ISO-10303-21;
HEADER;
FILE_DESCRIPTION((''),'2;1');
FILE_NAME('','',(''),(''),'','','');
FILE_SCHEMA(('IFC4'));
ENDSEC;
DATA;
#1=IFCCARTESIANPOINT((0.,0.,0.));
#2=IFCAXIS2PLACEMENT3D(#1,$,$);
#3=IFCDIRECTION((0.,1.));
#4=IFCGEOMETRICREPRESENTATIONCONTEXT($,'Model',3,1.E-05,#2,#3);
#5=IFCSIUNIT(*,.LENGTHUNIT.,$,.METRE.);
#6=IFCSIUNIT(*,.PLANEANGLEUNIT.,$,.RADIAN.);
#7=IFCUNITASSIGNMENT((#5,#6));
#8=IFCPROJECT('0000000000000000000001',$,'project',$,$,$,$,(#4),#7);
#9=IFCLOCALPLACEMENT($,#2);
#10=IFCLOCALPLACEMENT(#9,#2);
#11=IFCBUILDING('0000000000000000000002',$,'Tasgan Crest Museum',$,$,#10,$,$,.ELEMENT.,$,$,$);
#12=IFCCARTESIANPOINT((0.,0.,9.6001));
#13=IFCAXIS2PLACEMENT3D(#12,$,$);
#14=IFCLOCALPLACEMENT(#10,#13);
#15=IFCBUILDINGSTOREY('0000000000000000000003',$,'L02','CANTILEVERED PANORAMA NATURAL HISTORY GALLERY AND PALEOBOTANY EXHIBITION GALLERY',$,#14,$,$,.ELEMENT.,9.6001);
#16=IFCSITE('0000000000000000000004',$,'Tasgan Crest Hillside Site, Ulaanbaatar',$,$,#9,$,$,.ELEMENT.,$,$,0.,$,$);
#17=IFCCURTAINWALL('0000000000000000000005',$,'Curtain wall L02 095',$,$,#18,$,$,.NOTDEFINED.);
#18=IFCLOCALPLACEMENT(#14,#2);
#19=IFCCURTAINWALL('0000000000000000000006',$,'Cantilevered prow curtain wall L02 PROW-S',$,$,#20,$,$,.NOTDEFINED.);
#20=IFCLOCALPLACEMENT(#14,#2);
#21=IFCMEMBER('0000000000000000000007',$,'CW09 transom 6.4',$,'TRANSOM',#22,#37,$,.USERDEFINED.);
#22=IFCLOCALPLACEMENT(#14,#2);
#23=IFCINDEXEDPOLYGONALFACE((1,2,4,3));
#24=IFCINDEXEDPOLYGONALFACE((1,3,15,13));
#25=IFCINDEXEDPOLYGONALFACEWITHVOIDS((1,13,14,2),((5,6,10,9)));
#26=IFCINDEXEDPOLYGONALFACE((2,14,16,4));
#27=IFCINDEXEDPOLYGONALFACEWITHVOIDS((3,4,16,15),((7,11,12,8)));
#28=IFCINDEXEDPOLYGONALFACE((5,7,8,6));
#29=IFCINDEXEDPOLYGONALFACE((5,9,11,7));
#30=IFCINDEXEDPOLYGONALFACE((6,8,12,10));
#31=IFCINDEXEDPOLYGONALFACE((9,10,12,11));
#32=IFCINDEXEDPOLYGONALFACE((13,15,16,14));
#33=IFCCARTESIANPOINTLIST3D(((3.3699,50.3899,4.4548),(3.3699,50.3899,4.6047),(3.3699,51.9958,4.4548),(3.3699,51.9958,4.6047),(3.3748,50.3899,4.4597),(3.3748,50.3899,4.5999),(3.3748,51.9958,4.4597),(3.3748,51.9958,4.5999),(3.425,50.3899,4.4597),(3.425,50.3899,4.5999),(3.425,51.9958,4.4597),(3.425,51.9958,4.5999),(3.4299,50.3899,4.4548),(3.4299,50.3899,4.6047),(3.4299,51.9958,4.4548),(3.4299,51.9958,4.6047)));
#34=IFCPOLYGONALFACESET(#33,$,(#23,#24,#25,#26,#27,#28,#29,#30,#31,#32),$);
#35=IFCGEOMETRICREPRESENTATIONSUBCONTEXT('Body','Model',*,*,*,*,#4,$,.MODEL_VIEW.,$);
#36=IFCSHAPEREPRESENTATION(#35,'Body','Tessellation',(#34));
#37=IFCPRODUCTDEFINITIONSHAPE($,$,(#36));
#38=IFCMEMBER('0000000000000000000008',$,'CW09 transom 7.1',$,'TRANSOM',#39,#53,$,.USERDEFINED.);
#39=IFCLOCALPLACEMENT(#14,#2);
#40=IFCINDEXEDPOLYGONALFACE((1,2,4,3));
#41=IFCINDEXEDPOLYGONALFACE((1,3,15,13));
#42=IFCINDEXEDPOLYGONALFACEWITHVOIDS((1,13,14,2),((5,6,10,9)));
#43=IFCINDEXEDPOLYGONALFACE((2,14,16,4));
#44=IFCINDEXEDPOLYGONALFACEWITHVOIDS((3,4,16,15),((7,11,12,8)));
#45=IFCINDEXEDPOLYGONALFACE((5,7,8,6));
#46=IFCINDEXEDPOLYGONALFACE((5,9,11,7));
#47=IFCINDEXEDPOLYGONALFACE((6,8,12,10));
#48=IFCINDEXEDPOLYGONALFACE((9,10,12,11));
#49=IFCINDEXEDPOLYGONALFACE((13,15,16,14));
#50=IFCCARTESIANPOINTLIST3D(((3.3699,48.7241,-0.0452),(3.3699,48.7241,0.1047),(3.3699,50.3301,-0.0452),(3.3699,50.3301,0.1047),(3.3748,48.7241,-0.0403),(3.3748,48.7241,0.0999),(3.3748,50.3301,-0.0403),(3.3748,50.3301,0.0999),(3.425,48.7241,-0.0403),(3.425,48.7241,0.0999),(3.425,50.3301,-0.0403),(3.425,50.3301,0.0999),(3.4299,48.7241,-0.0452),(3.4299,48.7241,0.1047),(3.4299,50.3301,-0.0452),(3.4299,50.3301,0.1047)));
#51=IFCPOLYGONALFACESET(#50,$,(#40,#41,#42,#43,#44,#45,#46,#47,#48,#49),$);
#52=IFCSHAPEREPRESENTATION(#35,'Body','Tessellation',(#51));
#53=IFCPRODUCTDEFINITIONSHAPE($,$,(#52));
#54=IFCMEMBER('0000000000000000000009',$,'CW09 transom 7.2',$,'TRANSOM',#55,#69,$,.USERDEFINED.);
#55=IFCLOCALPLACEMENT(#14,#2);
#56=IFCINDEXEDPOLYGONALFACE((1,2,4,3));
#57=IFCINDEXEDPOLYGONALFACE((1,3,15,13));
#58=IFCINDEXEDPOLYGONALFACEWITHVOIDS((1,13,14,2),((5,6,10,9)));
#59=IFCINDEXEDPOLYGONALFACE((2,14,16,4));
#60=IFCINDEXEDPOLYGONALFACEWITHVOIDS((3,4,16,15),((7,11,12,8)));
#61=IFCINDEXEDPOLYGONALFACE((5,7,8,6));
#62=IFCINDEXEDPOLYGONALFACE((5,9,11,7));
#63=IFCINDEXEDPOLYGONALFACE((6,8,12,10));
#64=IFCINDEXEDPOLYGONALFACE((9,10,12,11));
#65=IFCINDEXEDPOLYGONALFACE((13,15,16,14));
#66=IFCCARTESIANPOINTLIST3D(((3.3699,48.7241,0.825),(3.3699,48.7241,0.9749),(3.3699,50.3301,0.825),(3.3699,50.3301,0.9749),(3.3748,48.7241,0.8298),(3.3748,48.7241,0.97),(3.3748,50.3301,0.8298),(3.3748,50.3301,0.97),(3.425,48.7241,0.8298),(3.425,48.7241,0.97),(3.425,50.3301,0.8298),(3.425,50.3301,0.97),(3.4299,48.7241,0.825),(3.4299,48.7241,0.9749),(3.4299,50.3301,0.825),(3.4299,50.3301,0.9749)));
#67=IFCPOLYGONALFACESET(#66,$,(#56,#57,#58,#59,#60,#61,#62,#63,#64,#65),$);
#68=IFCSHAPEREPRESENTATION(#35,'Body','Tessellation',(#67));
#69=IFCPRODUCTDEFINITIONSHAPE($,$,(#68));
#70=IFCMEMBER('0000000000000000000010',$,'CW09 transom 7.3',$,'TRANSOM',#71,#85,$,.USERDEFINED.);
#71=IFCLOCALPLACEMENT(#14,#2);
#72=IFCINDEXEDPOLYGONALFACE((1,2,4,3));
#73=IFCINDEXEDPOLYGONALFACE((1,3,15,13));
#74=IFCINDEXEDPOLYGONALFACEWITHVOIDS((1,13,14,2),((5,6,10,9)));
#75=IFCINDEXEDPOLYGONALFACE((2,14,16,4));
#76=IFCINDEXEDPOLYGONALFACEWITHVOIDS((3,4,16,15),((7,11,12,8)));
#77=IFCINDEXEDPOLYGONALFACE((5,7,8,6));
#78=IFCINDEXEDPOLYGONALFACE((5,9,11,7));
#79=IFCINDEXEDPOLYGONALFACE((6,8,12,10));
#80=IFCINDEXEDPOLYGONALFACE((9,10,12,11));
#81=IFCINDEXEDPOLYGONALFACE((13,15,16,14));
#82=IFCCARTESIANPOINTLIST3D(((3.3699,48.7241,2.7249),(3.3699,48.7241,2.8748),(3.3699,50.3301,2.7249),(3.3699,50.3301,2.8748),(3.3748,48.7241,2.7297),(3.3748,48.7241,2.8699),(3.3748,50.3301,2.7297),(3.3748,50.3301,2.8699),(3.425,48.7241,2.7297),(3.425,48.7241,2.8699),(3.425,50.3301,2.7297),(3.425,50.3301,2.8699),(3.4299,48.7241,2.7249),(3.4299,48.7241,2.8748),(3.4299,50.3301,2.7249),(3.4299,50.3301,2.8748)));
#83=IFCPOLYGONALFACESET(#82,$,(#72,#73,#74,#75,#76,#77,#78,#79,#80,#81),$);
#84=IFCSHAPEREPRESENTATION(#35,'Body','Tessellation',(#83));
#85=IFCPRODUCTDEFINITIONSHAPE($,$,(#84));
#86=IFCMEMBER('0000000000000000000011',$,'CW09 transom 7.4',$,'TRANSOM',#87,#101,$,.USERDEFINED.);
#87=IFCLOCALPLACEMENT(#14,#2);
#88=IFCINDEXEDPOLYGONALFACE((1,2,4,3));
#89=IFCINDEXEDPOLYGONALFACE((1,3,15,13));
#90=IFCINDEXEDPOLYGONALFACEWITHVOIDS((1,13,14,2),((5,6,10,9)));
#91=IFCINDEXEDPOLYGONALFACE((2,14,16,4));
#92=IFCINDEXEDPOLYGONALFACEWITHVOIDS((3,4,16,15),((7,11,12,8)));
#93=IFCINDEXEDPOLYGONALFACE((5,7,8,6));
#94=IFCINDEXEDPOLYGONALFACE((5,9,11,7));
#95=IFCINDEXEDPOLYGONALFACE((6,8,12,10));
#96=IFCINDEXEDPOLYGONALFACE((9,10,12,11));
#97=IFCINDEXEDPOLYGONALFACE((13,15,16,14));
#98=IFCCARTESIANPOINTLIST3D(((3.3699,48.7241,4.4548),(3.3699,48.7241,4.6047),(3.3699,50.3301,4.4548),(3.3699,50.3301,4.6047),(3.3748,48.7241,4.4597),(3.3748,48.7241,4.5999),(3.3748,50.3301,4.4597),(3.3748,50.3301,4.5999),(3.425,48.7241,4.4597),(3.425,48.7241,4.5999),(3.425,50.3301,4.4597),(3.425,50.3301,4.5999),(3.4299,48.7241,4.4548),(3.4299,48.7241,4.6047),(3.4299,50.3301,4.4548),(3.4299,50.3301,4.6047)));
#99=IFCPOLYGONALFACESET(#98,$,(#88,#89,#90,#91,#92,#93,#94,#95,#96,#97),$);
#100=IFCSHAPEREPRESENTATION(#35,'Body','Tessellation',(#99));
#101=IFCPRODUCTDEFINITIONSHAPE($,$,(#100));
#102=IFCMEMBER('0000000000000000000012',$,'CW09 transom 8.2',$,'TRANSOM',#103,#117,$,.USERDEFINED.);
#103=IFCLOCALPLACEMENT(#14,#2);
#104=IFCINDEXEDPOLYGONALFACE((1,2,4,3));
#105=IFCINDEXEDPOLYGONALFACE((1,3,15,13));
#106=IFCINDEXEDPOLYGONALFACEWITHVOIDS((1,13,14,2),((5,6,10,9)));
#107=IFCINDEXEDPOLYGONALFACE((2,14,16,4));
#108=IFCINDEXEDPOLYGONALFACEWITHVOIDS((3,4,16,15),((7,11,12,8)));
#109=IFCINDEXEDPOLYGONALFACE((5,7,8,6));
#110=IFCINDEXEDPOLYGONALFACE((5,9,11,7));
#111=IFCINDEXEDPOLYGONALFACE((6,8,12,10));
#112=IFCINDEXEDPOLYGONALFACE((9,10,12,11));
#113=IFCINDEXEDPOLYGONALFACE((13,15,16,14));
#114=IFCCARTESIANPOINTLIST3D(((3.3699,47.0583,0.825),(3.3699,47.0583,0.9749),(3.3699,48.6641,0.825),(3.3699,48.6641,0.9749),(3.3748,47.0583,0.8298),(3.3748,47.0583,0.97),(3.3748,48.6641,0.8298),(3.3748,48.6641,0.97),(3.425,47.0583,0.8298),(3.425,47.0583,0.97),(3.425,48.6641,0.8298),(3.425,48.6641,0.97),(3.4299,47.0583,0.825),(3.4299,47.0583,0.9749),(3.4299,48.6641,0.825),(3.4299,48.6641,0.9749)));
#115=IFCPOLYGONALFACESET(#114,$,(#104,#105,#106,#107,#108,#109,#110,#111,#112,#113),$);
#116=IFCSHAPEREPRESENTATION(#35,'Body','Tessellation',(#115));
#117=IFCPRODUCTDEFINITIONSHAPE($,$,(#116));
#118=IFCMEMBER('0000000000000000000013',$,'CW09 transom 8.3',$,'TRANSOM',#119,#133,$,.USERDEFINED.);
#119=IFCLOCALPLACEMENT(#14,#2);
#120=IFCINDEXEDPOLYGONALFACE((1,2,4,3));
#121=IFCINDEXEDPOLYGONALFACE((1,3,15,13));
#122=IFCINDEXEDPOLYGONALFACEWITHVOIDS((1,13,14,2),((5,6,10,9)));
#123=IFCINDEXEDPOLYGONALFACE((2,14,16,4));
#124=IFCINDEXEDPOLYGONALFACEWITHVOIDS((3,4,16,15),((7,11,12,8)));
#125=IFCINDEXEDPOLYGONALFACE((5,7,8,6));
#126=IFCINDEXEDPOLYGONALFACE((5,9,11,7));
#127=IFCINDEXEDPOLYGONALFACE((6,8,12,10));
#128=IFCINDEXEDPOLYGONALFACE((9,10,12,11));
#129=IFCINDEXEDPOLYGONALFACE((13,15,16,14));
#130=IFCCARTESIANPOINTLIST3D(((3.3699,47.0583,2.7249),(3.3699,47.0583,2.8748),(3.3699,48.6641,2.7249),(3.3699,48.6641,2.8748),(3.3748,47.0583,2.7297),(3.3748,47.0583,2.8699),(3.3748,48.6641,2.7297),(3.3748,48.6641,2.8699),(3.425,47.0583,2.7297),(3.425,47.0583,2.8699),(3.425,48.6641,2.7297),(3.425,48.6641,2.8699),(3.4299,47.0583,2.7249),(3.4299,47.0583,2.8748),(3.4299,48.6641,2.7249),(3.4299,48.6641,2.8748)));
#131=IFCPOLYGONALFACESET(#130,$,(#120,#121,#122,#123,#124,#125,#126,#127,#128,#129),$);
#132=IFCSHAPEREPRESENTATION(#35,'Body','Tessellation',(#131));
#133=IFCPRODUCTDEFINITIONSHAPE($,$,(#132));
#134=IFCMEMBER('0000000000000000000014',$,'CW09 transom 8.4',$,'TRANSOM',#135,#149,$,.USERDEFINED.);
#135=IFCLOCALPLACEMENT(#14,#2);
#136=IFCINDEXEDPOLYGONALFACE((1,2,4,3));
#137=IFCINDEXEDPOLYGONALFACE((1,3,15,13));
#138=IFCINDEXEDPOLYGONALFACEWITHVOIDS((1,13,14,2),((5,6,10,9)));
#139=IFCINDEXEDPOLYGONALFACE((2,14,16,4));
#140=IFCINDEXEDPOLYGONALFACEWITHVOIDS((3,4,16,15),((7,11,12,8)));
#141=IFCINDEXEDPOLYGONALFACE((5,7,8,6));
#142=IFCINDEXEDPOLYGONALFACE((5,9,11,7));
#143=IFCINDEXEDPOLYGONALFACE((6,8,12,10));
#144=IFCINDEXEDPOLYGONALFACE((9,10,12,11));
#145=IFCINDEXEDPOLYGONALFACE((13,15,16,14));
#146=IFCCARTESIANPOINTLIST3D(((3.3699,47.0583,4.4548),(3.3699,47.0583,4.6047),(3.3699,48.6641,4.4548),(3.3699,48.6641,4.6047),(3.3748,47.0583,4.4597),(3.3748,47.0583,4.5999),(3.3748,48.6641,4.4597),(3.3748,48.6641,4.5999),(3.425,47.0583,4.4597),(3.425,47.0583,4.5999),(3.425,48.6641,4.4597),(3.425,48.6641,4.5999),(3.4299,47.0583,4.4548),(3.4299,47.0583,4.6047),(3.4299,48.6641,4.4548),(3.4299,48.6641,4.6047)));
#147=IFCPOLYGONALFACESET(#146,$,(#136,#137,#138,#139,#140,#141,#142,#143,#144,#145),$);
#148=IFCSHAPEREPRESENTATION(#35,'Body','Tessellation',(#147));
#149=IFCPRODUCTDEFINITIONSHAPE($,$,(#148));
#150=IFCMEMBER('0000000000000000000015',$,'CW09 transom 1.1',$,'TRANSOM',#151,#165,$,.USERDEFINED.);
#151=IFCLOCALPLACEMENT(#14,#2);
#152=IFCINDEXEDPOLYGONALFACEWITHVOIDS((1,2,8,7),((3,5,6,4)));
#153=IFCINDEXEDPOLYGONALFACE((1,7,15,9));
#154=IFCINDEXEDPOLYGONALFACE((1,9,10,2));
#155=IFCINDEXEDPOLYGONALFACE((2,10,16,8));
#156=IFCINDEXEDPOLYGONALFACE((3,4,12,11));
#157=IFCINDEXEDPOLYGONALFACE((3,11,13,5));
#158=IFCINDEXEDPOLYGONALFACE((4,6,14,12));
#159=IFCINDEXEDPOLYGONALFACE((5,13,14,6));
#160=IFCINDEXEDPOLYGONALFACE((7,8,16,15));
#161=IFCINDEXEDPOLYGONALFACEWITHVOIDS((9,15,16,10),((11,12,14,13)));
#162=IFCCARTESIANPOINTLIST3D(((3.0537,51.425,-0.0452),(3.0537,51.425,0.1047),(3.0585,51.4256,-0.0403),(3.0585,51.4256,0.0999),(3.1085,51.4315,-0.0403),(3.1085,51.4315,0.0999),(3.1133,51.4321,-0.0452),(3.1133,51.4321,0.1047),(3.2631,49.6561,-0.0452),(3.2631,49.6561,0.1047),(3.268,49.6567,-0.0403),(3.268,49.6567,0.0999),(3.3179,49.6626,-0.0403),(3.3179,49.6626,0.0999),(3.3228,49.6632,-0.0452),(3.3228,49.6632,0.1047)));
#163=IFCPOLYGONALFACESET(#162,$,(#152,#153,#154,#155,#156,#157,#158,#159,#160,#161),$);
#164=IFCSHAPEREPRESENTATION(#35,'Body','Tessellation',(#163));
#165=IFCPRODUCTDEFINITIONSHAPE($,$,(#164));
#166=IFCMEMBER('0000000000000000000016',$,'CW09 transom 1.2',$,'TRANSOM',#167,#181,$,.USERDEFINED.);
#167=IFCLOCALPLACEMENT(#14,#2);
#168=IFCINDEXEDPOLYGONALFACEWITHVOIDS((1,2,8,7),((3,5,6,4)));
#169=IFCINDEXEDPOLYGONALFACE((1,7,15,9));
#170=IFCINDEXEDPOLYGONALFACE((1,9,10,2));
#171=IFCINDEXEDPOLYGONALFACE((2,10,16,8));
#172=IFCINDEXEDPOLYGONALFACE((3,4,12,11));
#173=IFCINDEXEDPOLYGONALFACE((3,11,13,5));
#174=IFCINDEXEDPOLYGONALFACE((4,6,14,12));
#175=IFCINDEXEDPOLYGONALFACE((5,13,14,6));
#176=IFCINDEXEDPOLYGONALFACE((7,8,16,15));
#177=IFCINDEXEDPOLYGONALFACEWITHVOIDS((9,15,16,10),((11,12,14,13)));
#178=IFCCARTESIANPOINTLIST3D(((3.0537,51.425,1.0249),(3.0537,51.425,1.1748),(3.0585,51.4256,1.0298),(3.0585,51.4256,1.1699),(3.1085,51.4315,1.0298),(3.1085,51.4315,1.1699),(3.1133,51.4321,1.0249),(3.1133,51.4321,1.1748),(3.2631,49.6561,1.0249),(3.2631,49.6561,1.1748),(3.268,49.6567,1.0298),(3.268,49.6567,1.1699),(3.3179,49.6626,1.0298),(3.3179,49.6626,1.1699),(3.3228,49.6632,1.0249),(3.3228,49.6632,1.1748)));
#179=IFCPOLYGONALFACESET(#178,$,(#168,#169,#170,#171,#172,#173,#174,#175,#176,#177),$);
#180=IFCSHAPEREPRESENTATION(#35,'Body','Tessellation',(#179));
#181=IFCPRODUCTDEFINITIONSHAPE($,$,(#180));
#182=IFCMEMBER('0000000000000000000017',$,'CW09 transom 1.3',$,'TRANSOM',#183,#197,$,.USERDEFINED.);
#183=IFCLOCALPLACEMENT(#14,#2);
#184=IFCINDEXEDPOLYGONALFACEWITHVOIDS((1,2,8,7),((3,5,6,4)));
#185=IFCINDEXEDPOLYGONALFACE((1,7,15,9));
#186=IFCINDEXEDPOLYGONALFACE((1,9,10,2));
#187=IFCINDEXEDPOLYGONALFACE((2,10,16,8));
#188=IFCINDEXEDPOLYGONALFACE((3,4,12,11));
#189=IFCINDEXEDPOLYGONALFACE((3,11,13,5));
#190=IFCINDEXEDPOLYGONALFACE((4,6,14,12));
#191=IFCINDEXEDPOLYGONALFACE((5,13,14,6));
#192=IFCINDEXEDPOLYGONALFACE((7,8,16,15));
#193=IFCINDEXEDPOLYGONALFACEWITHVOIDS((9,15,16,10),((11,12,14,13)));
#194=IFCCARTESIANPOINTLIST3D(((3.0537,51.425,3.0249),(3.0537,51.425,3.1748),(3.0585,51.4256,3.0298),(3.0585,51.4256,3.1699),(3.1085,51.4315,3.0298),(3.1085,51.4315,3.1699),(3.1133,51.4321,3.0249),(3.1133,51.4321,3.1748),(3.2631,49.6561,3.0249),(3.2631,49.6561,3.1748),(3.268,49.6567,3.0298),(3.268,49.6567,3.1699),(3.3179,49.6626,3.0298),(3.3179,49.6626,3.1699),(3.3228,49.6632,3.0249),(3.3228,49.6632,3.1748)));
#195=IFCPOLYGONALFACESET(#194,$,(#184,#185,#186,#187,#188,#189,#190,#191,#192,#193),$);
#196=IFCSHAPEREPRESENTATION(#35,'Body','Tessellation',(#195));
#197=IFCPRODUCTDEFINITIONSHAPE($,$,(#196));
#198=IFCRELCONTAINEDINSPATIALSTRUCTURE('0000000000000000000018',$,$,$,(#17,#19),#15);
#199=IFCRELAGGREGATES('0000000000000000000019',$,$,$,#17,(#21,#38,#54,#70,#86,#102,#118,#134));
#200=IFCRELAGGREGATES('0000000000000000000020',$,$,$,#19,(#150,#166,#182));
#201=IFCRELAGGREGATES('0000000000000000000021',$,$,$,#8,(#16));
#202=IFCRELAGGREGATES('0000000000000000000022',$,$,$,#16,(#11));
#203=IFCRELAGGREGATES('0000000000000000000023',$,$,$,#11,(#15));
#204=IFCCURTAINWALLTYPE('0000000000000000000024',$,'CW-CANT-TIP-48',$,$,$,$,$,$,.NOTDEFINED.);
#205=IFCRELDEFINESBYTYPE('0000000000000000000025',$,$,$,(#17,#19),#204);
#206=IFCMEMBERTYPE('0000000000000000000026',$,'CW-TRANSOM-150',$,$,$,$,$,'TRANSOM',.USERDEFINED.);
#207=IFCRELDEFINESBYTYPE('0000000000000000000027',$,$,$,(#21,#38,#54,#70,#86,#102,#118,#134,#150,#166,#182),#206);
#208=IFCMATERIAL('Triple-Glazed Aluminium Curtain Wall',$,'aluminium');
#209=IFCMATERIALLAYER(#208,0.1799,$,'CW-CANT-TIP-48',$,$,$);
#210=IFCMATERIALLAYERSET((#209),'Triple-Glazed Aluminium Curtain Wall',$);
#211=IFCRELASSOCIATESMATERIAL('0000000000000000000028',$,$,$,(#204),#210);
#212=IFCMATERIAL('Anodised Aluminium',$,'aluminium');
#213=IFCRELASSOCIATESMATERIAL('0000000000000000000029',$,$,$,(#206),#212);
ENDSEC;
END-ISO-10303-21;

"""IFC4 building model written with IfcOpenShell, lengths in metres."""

from ifc_helpers import new_model, si_unit, direction, frame, origin, origin_2d, place, context, subcontext, project, spatial, hollow_rectangle, extrude, material, layer, layer_set, material_profile, profile_set, type_object, element, aggregate, save


model = new_model("IFC4")

# Units and contexts
model_context = context("Model", 3, precision=1e-05, world=origin(), true_north=direction((0.0, 1.0)))
body_context = subcontext(model_context, "Body", "Model", "MODEL_VIEW")
ifc_project = project(units=[si_unit("LENGTHUNIT", "METRE"), si_unit("PLANEANGLEUNIT", "RADIAN")], contexts=[model_context])

# Site, building, storey
site_placement = place(None, origin())
site = spatial("IfcSite", under=ifc_project, at=site_placement, Name="Tasgan Crest Hillside Site, Ulaanbaatar", CompositionType="ELEMENT", RefElevation=0.0)
building_placement = place(site_placement, origin())
building = spatial("IfcBuilding", under=site, at=building_placement, Name="Tasgan Crest Museum", CompositionType="ELEMENT")
storey_placement = place(building_placement, frame((0.0, 0.0, 9.6001)))
storey = spatial("IfcBuildingStorey", under=building, at=storey_placement, Name="L02", Description="CANTILEVERED PANORAMA NATURAL HISTORY GALLERY AND PALEOBOTANY EXHIBITION GALLERY", CompositionType="ELEMENT", Elevation=9.6001)

# Curtain walls
ifc_material_1 = material(Name="Triple-Glazed Aluminium Curtain Wall", Category="aluminium")
ifc_layer_1 = layer(ifc_material_1, 0.1799, Name="CW-CANT-TIP-48")
ifc_layer_set_1 = layer_set([ifc_layer_1], Name="Triple-Glazed Aluminium Curtain Wall")
curtain_wall_type = type_object("IfcCurtainWallType", Name="CW-CANT-TIP-48", PredefinedType="NOTDEFINED", material=ifc_layer_set_1)
curtain_wall_1_placement = place(storey_placement, origin())
curtain_wall_1 = element("IfcCurtainWall", 1, at=curtain_wall_1_placement, inside=storey, type_object=curtain_wall_type, Name="Curtain wall L02 095", PredefinedType="NOTDEFINED")
curtain_wall_2_placement = place(storey_placement, origin())
curtain_wall_2 = element("IfcCurtainWall", 2, at=curtain_wall_2_placement, inside=storey, type_object=curtain_wall_type, Name="Cantilevered prow curtain wall L02 PROW-S", PredefinedType="NOTDEFINED")

# Members
ifc_material_2 = material(Name="Anodised Aluminium", Category="aluminium")
ifc_material_profile_1 = material_profile(ifc_material_2, hollow_rectangle(XDim=0.0601, YDim=0.1499, WallThickness=0.0049, at=origin_2d()), Name="ALU TRANSOM 150x60x5")
ifc_profile_set_1 = profile_set([ifc_material_profile_1], Name="Anodised Aluminium")
member_type_1 = type_object("IfcMemberType", Name="CW-TRANSOM-150", ElementType="TRANSOM", PredefinedType="USERDEFINED", material=ifc_profile_set_1)
member_1_placement = place(storey_placement, frame((3.3999, 51.9958, 4.5298), z_axis=(0.0, -1.0, 0.0), x_axis=(1.0, 0.0, 0.0)))
member_1 = element("IfcMember", 3, at=member_1_placement, type_object=member_type_1, Name="CW09 transom 6.4", ObjectType="TRANSOM", PredefinedType="USERDEFINED", context=body_context, shape_type="SweptSolid", body=[
    extrude(hollow_rectangle(XDim=0.0601, YDim=0.1499, WallThickness=0.0049, at=origin_2d()), origin(), (0.0, 0.0, 1.0), 1.606),
])
member_2_placement = place(storey_placement, frame((3.3999, 50.3301, 0.0298), z_axis=(0.0, -1.0, 0.0), x_axis=(1.0, 0.0, 0.0)))
member_2 = element("IfcMember", 4, at=member_2_placement, type_object=member_type_1, Name="CW09 transom 7.1", ObjectType="TRANSOM", PredefinedType="USERDEFINED", context=body_context, shape_type="SweptSolid", body=[
    extrude(hollow_rectangle(XDim=0.0601, YDim=0.1499, WallThickness=0.0049, at=origin_2d()), origin(), (0.0, 0.0, 1.0), 1.606),
])
member_3_placement = place(storey_placement, frame((3.3999, 50.3301, 0.8999), z_axis=(0.0, -1.0, 0.0), x_axis=(1.0, 0.0, 0.0)))
member_3 = element("IfcMember", 5, at=member_3_placement, type_object=member_type_1, Name="CW09 transom 7.2", ObjectType="TRANSOM", PredefinedType="USERDEFINED", context=body_context, shape_type="SweptSolid", body=[
    extrude(hollow_rectangle(XDim=0.0601, YDim=0.1499, WallThickness=0.0049, at=origin_2d()), origin(), (0.0, 0.0, 1.0), 1.606),
])
member_4_placement = place(storey_placement, frame((3.3999, 50.3301, 2.7998), z_axis=(0.0, -1.0, 0.0), x_axis=(1.0, 0.0, 0.0)))
member_4 = element("IfcMember", 6, at=member_4_placement, type_object=member_type_1, Name="CW09 transom 7.3", ObjectType="TRANSOM", PredefinedType="USERDEFINED", context=body_context, shape_type="SweptSolid", body=[
    extrude(hollow_rectangle(XDim=0.0601, YDim=0.1499, WallThickness=0.0049, at=origin_2d()), origin(), (0.0, 0.0, 1.0), 1.606),
])
member_5_placement = place(storey_placement, frame((3.3999, 50.3301, 4.5298), z_axis=(0.0, -1.0, 0.0), x_axis=(1.0, 0.0, 0.0)))
member_5 = element("IfcMember", 7, at=member_5_placement, type_object=member_type_1, Name="CW09 transom 7.4", ObjectType="TRANSOM", PredefinedType="USERDEFINED", context=body_context, shape_type="SweptSolid", body=[
    extrude(hollow_rectangle(XDim=0.0601, YDim=0.1499, WallThickness=0.0049, at=origin_2d()), origin(), (0.0, 0.0, 1.0), 1.606),
])
member_6_placement = place(storey_placement, frame((3.3999, 48.6641, 0.8999), z_axis=(0.0, -1.0, 0.0), x_axis=(1.0, 0.0, 0.0)))
member_6 = element("IfcMember", 8, at=member_6_placement, type_object=member_type_1, Name="CW09 transom 8.2", ObjectType="TRANSOM", PredefinedType="USERDEFINED", context=body_context, shape_type="SweptSolid", body=[
    extrude(hollow_rectangle(XDim=0.0601, YDim=0.1499, WallThickness=0.0049, at=origin_2d()), origin(), (0.0, 0.0, 1.0), 1.6057),
])
member_7_placement = place(storey_placement, frame((3.3999, 48.6641, 2.7998), z_axis=(0.0, -1.0, 0.0), x_axis=(1.0, 0.0, 0.0)))
member_7 = element("IfcMember", 9, at=member_7_placement, type_object=member_type_1, Name="CW09 transom 8.3", ObjectType="TRANSOM", PredefinedType="USERDEFINED", context=body_context, shape_type="SweptSolid", body=[
    extrude(hollow_rectangle(XDim=0.0601, YDim=0.1499, WallThickness=0.0049, at=origin_2d()), origin(), (0.0, 0.0, 1.0), 1.6057),
])
member_8_placement = place(storey_placement, frame((3.3999, 48.6641, 4.5298), z_axis=(0.0, -1.0, 0.0), x_axis=(1.0, 0.0, 0.0)))
member_8 = element("IfcMember", 10, at=member_8_placement, type_object=member_type_1, Name="CW09 transom 8.4", ObjectType="TRANSOM", PredefinedType="USERDEFINED", context=body_context, shape_type="SweptSolid", body=[
    extrude(hollow_rectangle(XDim=0.0601, YDim=0.1499, WallThickness=0.0049, at=origin_2d()), origin(), (0.0, 0.0, 1.0), 1.6057),
])
member_9_placement = place(storey_placement, frame((3.293, 49.6597, 0.0298), z_axis=(-0.117605, 0.99306, 0.0), x_axis=(-0.99306, -0.117605, 0.0)))
member_9 = element("IfcMember", 11, at=member_9_placement, type_object=member_type_1, Name="CW09 transom 1.1", ObjectType="TRANSOM", PredefinedType="USERDEFINED", context=body_context, shape_type="SweptSolid", body=[
    extrude(hollow_rectangle(XDim=0.0601, YDim=0.1499, WallThickness=0.0049, at=origin_2d()), origin(), (0.0, 0.0, 1.0), 1.7812),
])
member_10_placement = place(storey_placement, frame((3.293, 49.6597, 1.0999), z_axis=(-0.117605, 0.99306, 0.0), x_axis=(-0.99306, -0.117605, 0.0)))
member_10 = element("IfcMember", 12, at=member_10_placement, type_object=member_type_1, Name="CW09 transom 1.2", ObjectType="TRANSOM", PredefinedType="USERDEFINED", context=body_context, shape_type="SweptSolid", body=[
    extrude(hollow_rectangle(XDim=0.0601, YDim=0.1499, WallThickness=0.0049, at=origin_2d()), origin(), (0.0, 0.0, 1.0), 1.7812),
])
member_11_placement = place(storey_placement, frame((3.293, 49.6597, 3.0999), z_axis=(-0.117605, 0.99306, 0.0), x_axis=(-0.99306, -0.117605, 0.0)))
member_11 = element("IfcMember", 13, at=member_11_placement, type_object=member_type_1, Name="CW09 transom 1.3", ObjectType="TRANSOM", PredefinedType="USERDEFINED", context=body_context, shape_type="SweptSolid", body=[
    extrude(hollow_rectangle(XDim=0.0601, YDim=0.1499, WallThickness=0.0049, at=origin_2d()), origin(), (0.0, 0.0, 1.0), 1.7812),
])

aggregate(curtain_wall_1, [member_1, member_2, member_3, member_4, member_5, member_6, member_7, member_8])
aggregate(curtain_wall_2, [member_9, member_10, member_11])

save(model, "model.ifc")
